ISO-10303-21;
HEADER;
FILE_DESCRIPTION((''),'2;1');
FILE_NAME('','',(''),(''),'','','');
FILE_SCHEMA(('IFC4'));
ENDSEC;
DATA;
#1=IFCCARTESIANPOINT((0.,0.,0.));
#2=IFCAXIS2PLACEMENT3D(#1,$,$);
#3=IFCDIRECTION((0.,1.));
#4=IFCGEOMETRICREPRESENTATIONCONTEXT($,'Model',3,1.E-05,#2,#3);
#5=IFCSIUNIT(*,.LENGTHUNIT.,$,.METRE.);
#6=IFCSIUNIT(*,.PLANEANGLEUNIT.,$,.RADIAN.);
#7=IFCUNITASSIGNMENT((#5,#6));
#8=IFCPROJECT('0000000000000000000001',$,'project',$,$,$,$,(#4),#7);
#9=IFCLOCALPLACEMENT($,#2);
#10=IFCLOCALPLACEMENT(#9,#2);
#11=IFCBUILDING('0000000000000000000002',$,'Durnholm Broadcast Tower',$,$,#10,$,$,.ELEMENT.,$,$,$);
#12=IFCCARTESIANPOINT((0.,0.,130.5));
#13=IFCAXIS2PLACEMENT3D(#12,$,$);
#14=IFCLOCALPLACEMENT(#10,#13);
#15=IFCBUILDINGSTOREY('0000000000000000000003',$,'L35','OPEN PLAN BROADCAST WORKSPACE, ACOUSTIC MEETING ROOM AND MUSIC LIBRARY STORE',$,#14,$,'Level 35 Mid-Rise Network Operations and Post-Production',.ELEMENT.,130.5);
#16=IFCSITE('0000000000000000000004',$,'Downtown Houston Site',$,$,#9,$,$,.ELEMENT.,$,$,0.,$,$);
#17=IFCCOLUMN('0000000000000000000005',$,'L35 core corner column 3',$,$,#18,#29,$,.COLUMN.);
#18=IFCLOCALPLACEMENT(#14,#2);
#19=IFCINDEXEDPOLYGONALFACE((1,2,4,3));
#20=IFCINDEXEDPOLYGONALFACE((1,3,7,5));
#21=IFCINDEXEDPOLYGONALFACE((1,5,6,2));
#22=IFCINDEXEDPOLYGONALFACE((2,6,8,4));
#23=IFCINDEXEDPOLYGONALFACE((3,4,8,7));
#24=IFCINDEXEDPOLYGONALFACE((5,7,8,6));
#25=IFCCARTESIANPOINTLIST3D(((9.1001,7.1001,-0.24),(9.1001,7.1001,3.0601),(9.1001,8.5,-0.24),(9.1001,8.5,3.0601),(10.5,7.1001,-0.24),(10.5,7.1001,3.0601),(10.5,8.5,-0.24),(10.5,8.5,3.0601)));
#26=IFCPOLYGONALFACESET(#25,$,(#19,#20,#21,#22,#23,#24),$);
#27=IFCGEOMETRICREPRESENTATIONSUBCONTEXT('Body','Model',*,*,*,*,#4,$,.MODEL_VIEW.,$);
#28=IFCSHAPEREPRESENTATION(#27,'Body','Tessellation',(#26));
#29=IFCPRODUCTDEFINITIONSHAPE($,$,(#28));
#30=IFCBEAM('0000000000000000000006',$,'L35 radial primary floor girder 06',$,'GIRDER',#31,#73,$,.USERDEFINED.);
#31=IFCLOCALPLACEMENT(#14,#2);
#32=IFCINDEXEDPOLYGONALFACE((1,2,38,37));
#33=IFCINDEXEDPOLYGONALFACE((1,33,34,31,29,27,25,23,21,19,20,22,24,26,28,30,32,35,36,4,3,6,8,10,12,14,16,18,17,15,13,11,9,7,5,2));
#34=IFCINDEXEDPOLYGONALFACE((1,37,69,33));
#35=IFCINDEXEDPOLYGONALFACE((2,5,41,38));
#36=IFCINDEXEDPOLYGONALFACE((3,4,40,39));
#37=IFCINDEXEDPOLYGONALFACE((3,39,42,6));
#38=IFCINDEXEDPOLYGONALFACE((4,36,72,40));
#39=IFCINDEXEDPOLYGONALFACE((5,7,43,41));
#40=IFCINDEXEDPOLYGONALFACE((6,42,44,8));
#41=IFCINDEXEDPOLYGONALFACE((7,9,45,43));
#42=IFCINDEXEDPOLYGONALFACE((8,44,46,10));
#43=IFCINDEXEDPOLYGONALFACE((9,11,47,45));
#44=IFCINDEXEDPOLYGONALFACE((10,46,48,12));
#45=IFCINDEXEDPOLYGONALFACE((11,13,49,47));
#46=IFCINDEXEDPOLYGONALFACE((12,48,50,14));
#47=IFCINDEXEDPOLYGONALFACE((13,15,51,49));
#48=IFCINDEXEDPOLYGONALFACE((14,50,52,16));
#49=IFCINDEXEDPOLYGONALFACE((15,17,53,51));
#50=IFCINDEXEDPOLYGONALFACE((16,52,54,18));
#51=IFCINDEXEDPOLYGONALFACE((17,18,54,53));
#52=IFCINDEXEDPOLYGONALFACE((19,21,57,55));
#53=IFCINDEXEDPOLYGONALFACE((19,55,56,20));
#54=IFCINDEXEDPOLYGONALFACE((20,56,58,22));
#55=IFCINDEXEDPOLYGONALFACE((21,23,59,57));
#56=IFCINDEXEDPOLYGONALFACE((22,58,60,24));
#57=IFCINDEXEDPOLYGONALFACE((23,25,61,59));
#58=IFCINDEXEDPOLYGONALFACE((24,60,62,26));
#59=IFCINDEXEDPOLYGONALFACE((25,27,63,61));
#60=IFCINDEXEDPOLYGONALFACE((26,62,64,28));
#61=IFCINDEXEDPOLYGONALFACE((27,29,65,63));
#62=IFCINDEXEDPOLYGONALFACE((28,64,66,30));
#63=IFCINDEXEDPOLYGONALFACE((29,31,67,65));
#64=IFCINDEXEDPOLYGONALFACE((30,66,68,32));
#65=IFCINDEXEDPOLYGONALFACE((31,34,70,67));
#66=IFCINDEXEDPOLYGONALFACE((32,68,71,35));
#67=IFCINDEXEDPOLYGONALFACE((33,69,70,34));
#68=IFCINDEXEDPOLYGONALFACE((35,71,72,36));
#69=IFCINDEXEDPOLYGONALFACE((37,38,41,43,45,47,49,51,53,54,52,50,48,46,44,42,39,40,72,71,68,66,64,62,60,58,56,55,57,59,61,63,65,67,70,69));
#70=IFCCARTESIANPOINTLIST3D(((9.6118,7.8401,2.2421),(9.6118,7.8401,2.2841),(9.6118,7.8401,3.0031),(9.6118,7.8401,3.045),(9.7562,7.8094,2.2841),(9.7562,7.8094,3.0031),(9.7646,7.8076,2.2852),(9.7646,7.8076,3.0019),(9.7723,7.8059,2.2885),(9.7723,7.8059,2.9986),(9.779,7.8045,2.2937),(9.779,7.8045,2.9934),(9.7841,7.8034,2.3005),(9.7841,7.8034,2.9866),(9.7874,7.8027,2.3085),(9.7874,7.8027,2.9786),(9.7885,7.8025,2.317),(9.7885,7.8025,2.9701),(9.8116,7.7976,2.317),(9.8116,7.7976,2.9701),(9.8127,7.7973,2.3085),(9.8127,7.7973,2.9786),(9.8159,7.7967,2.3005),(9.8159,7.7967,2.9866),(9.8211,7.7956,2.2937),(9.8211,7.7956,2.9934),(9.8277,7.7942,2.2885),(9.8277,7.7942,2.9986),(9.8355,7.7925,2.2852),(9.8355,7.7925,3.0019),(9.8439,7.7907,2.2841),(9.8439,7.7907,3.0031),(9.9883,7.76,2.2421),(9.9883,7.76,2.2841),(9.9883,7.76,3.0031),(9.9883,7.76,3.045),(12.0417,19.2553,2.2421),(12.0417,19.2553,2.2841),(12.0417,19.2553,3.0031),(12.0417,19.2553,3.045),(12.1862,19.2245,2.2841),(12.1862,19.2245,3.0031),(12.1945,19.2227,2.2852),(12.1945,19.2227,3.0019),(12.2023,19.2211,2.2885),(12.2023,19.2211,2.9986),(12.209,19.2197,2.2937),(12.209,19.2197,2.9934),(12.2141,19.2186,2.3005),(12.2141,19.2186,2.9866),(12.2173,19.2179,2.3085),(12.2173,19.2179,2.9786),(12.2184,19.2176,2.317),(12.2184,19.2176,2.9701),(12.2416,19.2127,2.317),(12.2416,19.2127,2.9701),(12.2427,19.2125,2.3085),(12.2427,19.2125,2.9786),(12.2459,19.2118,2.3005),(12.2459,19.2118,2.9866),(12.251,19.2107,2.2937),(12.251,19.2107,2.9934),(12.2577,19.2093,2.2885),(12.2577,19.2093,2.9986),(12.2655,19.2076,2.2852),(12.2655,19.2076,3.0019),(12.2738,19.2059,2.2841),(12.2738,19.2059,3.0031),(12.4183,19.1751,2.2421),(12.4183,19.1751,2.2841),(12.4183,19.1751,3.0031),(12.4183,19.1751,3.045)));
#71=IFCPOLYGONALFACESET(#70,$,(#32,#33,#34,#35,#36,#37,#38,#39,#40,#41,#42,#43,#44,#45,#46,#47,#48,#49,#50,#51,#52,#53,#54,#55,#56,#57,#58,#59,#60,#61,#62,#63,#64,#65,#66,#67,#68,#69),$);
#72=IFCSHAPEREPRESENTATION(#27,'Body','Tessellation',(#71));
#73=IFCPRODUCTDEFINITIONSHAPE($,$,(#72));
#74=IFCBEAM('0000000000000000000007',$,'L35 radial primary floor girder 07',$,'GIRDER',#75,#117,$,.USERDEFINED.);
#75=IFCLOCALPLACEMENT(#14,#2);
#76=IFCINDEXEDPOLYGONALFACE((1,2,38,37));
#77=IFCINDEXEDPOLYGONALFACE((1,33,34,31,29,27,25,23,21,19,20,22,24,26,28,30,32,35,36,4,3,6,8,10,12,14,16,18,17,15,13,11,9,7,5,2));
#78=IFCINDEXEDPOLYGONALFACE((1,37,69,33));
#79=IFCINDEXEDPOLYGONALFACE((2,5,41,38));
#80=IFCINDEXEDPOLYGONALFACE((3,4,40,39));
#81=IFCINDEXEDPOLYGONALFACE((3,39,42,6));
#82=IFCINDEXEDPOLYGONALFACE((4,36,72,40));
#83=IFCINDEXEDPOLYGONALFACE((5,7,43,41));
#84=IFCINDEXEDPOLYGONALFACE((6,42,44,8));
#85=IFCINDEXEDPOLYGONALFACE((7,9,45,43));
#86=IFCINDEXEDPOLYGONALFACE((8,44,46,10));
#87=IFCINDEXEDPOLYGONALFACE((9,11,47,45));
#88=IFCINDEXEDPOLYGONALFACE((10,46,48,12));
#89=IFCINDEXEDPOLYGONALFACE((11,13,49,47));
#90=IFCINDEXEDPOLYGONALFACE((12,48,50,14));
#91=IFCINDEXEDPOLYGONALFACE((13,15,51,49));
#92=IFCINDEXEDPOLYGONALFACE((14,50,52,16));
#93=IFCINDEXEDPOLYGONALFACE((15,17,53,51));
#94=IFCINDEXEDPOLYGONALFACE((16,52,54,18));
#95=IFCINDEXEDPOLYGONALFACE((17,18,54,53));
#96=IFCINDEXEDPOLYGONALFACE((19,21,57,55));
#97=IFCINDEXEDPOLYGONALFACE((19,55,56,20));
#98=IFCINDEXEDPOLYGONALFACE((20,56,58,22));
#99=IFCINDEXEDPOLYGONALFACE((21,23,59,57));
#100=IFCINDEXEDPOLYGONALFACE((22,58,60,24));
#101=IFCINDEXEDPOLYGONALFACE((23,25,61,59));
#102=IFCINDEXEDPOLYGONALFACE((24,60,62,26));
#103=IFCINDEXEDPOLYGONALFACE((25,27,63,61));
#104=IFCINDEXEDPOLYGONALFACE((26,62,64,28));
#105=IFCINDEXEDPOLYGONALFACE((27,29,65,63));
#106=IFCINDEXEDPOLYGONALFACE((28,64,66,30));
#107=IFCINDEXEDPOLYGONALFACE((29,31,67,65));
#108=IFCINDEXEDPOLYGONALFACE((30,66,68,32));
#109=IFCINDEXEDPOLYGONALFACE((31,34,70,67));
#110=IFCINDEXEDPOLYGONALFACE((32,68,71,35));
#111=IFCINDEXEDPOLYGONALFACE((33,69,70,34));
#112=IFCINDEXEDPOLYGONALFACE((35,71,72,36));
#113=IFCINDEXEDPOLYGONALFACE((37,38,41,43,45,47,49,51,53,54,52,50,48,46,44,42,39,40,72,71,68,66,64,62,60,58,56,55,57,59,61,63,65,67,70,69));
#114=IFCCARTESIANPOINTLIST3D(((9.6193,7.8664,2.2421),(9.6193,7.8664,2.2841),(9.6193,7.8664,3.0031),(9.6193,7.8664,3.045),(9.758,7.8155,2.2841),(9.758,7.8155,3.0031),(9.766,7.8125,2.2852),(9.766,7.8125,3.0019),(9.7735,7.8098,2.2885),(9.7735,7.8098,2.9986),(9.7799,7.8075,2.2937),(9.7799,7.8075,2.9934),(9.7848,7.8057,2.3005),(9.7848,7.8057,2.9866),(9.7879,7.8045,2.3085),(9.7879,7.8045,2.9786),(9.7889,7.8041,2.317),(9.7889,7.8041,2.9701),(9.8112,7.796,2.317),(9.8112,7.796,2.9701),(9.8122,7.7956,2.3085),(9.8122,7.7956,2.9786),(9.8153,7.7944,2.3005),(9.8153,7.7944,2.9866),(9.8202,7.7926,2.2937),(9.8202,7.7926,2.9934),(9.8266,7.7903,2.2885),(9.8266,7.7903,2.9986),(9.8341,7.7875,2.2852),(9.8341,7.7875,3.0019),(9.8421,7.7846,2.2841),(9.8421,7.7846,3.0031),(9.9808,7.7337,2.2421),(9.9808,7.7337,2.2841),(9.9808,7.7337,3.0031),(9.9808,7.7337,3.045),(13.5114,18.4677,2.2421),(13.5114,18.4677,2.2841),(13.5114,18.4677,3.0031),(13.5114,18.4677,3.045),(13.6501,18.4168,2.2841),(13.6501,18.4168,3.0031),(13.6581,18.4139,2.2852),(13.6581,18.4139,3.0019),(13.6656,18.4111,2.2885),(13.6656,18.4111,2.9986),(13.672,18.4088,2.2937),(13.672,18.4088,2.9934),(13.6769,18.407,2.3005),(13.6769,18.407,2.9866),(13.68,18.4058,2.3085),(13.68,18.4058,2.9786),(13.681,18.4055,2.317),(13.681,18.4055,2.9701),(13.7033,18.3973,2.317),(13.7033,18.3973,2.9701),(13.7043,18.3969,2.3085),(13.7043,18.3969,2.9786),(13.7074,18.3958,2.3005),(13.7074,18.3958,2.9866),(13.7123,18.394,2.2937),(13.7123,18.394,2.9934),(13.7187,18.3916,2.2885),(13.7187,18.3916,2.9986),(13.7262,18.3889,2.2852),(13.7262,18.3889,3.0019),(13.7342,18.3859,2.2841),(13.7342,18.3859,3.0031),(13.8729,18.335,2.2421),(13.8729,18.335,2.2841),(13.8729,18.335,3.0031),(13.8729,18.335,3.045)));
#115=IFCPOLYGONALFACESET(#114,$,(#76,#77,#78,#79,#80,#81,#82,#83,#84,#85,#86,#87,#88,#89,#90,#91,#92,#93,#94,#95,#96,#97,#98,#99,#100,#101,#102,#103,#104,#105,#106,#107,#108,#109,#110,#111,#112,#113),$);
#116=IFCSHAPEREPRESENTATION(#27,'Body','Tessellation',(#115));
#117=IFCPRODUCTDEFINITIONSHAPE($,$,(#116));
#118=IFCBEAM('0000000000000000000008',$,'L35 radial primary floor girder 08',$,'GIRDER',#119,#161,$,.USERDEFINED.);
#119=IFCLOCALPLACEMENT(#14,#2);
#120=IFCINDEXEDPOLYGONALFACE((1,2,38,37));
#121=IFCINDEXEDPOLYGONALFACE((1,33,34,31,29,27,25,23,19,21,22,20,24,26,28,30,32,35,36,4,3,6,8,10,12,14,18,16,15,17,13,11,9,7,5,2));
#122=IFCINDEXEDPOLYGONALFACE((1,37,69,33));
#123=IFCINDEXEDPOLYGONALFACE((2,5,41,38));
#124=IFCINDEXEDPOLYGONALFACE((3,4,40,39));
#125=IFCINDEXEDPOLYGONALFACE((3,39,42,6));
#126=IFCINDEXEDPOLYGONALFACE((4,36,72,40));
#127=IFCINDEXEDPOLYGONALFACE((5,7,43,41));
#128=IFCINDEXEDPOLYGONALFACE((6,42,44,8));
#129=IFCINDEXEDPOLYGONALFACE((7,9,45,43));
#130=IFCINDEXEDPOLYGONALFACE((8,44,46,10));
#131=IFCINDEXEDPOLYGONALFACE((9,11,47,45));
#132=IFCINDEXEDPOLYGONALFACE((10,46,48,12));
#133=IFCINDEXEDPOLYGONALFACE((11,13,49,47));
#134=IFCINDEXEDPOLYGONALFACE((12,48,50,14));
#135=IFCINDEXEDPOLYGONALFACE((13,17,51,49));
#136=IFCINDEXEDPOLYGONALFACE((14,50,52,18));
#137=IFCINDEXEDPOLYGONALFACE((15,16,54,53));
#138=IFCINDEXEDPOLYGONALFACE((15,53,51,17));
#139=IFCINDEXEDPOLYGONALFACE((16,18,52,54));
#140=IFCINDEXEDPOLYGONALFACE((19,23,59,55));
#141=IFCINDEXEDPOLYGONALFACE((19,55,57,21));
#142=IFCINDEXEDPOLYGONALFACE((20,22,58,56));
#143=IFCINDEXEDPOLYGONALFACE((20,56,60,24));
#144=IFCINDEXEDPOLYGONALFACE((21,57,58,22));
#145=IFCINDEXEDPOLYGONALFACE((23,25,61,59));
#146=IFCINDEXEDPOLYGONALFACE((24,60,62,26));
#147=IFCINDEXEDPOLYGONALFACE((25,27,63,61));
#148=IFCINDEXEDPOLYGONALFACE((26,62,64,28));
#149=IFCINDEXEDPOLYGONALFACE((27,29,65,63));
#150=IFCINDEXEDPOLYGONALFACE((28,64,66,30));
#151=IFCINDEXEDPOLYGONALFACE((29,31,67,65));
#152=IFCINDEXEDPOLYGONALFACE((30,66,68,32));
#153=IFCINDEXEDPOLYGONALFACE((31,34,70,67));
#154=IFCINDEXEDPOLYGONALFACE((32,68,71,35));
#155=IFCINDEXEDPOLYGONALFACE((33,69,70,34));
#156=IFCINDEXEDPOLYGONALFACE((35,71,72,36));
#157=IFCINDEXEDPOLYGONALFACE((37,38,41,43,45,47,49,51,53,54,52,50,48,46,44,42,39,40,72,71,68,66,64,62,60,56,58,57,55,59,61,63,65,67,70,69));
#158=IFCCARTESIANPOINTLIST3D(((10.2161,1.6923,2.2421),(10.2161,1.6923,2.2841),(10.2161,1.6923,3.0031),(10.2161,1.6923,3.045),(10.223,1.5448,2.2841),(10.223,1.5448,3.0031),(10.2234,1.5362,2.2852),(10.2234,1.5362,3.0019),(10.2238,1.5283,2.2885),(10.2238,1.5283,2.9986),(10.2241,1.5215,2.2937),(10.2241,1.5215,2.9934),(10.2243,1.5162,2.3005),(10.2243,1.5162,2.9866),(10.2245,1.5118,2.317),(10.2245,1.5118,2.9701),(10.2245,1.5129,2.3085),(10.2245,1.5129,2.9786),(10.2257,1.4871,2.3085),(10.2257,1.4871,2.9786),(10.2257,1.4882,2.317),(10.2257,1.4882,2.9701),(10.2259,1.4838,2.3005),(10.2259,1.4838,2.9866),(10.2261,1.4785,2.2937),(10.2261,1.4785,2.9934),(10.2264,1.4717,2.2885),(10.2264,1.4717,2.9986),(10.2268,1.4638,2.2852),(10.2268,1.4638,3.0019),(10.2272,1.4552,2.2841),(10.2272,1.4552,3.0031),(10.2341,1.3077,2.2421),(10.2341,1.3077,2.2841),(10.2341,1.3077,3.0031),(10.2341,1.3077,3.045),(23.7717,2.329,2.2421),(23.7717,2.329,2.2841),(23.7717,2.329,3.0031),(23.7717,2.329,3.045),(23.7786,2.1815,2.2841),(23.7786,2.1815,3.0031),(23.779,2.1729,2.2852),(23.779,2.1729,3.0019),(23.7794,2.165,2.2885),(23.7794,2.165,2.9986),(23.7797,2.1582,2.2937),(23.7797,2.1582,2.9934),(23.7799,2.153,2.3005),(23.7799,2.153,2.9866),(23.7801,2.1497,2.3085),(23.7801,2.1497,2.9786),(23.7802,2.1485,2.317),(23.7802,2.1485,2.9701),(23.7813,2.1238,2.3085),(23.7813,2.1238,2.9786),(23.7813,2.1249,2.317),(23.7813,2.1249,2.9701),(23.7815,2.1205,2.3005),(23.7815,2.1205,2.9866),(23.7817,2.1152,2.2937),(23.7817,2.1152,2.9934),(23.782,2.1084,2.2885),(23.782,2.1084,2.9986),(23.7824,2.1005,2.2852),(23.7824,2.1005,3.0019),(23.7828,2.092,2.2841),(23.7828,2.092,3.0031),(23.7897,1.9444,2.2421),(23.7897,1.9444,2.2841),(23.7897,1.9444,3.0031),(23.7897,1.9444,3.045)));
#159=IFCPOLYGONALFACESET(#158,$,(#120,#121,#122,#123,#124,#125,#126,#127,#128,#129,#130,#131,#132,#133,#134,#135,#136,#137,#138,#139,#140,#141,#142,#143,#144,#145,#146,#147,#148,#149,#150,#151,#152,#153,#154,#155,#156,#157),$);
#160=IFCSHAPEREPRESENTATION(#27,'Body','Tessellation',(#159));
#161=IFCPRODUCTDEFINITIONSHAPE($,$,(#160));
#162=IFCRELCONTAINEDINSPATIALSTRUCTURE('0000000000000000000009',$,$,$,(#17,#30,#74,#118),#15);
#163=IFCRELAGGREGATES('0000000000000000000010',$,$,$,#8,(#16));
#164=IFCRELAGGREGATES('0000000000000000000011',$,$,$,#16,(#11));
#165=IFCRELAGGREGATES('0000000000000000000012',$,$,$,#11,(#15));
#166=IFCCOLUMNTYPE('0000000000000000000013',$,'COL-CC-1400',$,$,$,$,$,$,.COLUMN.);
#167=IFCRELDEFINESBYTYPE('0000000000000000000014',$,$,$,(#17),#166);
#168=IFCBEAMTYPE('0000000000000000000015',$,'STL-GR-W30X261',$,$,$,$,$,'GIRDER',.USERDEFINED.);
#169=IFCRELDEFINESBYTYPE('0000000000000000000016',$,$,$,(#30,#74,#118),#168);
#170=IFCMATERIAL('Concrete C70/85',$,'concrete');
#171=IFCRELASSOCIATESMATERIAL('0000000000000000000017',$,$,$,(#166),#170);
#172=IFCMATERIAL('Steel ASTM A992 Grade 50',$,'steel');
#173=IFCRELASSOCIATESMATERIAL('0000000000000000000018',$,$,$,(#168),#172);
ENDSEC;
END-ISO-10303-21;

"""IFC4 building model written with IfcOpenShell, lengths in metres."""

from ifc_helpers import new_model, si_unit, direction, frame, origin, origin_2d, place, context, subcontext, project, spatial, rectangle, i_section, extrude, source, transform, mapped, material, material_profile, profile_set, type_object, type_shapes, element, save


model = new_model("IFC4")

# Units and contexts
model_context = context("Model", 3, precision=1e-05, world=origin(), true_north=direction((0.0, 1.0)))
body_context = subcontext(model_context, "Body", "Model", "MODEL_VIEW")
ifc_project = project(units=[si_unit("LENGTHUNIT", "METRE"), si_unit("PLANEANGLEUNIT", "RADIAN")], contexts=[model_context])

# Site, building, storey
site_placement = place(None, origin())
site = spatial("IfcSite", under=ifc_project, at=site_placement, Name="Downtown Houston Site", CompositionType="ELEMENT", RefElevation=0.0)
building_placement = place(site_placement, origin())
building = spatial("IfcBuilding", under=site, at=building_placement, Name="Durnholm Broadcast Tower", CompositionType="ELEMENT")
storey_placement = place(building_placement, frame((0.0, 0.0, 130.5)))
storey = spatial("IfcBuildingStorey", under=building, at=storey_placement, Name="L35", Description="OPEN PLAN BROADCAST WORKSPACE, ACOUSTIC MEETING ROOM AND MUSIC LIBRARY STORE", LongName="Level 35 Mid-Rise Network Operations and Post-Production", CompositionType="ELEMENT", Elevation=130.5)

# Column
ifc_material_1 = material(Name="Concrete C70/85", Category="concrete")
ifc_material_profile_1 = material_profile(ifc_material_1, rectangle(XDim=1.3999, YDim=1.3999, at=origin_2d()), Name="RC1400X1400")
ifc_profile_set_1 = profile_set([ifc_material_profile_1], Name="Concrete C70/85")
column_type = type_object("IfcColumnType", Name="COL-CC-1400", PredefinedType="COLUMN", material=ifc_profile_set_1)
shared_shape_1 = source(origin(), body_context, "Body", "SweptSolid", [
    extrude(rectangle(XDim=1.3999, YDim=1.3999, at=origin_2d()), origin(), (0.0, 0.0, 1.0), 3.3),
])
type_shapes(column_type, [shared_shape_1])
column_placement = place(storey_placement, frame((9.8, 7.8, -0.24), z_axis=(0.0, 0.0, 1.0), x_axis=(1.0, 0.0, 0.0)))
element("IfcColumn", 1, at=column_placement, inside=storey, type_object=column_type, Name="L35 core corner column 3", PredefinedType="COLUMN", context=body_context, shape_type="MappedRepresentation", body=[
    mapped(shared_shape_1, transform((0.0, 0.0, 0.0), x_axis=(1.0, 0.0, 0.0), y_axis=(0.0, 1.0, 0.0), z_axis=(0.0, 0.0, 1.0), scale=1.0)),
])

# Beams
ifc_material_2 = material(Name="Steel ASTM A992 Grade 50", Category="steel")
ifc_material_profile_2 = material_profile(ifc_material_2, i_section(OverallWidth=0.385, OverallDepth=0.803, WebThickness=0.0237, FlangeThickness=0.042, FilletRadius=0.033, at=origin_2d()), Name="W30X261")
ifc_profile_set_2 = profile_set([ifc_material_profile_2], Name="Steel ASTM A992 Grade 50")
beam_type_1 = type_object("IfcBeamType", Name="STL-GR-W30X261", ElementType="GIRDER", PredefinedType="USERDEFINED", material=ifc_profile_set_2)
shared_shape_2 = source(origin(), body_context, "Body", "SweptSolid", [
    extrude(i_section(OverallWidth=0.385, OverallDepth=0.803, WebThickness=0.0237, FlangeThickness=0.042, FilletRadius=0.033, at=origin_2d()), origin(), (0.0, 0.0, 1.0), 11.6709),
])
beam_1_placement = place(storey_placement, frame((9.8, 7.8, 2.6436), z_axis=(0.208206, 0.978085, 0.0), x_axis=(-0.978085, 0.208206, 0.0)))
element("IfcBeam", 2, at=beam_1_placement, inside=storey, type_object=beam_type_1, Name="L35 radial primary floor girder 06", ObjectType="GIRDER", PredefinedType="USERDEFINED", context=body_context, shape_type="MappedRepresentation", body=[
    mapped(shared_shape_2, transform((0.0, 0.0, 0.0), x_axis=(1.0, 0.0, 0.0), y_axis=(0.0, 1.0, 0.0), z_axis=(0.0, 0.0, 1.0), scale=1.0)),
])
shared_shape_3 = source(origin(), body_context, "Body", "SweptSolid", [
    extrude(i_section(OverallWidth=0.385, OverallDepth=0.803, WebThickness=0.0237, FlangeThickness=0.042, FilletRadius=0.033, at=origin_2d()), origin(), (0.0, 0.0, 1.0), 11.2932),
])
beam_2_placement = place(storey_placement, frame((9.8, 7.8, 2.6436), z_axis=(0.34464, 0.938735, 0.0), x_axis=(-0.938735, 0.34464, 0.0)))
element("IfcBeam", 3, at=beam_2_placement, inside=storey, type_object=beam_type_1, Name="L35 radial primary floor girder 07", ObjectType="GIRDER", PredefinedType="USERDEFINED", context=body_context, shape_type="MappedRepresentation", body=[
    mapped(shared_shape_3, transform((0.0, 0.0, 0.0), x_axis=(1.0, 0.0, 0.0), y_axis=(0.0, 1.0, 0.0), z_axis=(0.0, 0.0, 1.0), scale=1.0)),
])
shared_shape_4 = source(origin(), body_context, "Body", "SweptSolid", [
    extrude(i_section(OverallWidth=0.385, OverallDepth=0.803, WebThickness=0.0237, FlangeThickness=0.042, FilletRadius=0.033, at=origin_2d()), origin(), (0.0, 0.0, 1.0), 13.5706),
])
beam_3_placement = place(storey_placement, frame((10.2251, 1.5, 2.6436), z_axis=(0.998899, 0.046919, 0.0), x_axis=(-0.046919, 0.998899, 0.0)))
element("IfcBeam", 4, at=beam_3_placement, inside=storey, type_object=beam_type_1, Name="L35 radial primary floor girder 08", ObjectType="GIRDER", PredefinedType="USERDEFINED", context=body_context, shape_type="MappedRepresentation", body=[
    mapped(shared_shape_4, transform((0.0, 0.0, 0.0), x_axis=(1.0, 0.0, 0.0), y_axis=(0.0, 1.0, 0.0), z_axis=(0.0, 0.0, 1.0), scale=1.0)),
])

save(model, "model.ifc")
